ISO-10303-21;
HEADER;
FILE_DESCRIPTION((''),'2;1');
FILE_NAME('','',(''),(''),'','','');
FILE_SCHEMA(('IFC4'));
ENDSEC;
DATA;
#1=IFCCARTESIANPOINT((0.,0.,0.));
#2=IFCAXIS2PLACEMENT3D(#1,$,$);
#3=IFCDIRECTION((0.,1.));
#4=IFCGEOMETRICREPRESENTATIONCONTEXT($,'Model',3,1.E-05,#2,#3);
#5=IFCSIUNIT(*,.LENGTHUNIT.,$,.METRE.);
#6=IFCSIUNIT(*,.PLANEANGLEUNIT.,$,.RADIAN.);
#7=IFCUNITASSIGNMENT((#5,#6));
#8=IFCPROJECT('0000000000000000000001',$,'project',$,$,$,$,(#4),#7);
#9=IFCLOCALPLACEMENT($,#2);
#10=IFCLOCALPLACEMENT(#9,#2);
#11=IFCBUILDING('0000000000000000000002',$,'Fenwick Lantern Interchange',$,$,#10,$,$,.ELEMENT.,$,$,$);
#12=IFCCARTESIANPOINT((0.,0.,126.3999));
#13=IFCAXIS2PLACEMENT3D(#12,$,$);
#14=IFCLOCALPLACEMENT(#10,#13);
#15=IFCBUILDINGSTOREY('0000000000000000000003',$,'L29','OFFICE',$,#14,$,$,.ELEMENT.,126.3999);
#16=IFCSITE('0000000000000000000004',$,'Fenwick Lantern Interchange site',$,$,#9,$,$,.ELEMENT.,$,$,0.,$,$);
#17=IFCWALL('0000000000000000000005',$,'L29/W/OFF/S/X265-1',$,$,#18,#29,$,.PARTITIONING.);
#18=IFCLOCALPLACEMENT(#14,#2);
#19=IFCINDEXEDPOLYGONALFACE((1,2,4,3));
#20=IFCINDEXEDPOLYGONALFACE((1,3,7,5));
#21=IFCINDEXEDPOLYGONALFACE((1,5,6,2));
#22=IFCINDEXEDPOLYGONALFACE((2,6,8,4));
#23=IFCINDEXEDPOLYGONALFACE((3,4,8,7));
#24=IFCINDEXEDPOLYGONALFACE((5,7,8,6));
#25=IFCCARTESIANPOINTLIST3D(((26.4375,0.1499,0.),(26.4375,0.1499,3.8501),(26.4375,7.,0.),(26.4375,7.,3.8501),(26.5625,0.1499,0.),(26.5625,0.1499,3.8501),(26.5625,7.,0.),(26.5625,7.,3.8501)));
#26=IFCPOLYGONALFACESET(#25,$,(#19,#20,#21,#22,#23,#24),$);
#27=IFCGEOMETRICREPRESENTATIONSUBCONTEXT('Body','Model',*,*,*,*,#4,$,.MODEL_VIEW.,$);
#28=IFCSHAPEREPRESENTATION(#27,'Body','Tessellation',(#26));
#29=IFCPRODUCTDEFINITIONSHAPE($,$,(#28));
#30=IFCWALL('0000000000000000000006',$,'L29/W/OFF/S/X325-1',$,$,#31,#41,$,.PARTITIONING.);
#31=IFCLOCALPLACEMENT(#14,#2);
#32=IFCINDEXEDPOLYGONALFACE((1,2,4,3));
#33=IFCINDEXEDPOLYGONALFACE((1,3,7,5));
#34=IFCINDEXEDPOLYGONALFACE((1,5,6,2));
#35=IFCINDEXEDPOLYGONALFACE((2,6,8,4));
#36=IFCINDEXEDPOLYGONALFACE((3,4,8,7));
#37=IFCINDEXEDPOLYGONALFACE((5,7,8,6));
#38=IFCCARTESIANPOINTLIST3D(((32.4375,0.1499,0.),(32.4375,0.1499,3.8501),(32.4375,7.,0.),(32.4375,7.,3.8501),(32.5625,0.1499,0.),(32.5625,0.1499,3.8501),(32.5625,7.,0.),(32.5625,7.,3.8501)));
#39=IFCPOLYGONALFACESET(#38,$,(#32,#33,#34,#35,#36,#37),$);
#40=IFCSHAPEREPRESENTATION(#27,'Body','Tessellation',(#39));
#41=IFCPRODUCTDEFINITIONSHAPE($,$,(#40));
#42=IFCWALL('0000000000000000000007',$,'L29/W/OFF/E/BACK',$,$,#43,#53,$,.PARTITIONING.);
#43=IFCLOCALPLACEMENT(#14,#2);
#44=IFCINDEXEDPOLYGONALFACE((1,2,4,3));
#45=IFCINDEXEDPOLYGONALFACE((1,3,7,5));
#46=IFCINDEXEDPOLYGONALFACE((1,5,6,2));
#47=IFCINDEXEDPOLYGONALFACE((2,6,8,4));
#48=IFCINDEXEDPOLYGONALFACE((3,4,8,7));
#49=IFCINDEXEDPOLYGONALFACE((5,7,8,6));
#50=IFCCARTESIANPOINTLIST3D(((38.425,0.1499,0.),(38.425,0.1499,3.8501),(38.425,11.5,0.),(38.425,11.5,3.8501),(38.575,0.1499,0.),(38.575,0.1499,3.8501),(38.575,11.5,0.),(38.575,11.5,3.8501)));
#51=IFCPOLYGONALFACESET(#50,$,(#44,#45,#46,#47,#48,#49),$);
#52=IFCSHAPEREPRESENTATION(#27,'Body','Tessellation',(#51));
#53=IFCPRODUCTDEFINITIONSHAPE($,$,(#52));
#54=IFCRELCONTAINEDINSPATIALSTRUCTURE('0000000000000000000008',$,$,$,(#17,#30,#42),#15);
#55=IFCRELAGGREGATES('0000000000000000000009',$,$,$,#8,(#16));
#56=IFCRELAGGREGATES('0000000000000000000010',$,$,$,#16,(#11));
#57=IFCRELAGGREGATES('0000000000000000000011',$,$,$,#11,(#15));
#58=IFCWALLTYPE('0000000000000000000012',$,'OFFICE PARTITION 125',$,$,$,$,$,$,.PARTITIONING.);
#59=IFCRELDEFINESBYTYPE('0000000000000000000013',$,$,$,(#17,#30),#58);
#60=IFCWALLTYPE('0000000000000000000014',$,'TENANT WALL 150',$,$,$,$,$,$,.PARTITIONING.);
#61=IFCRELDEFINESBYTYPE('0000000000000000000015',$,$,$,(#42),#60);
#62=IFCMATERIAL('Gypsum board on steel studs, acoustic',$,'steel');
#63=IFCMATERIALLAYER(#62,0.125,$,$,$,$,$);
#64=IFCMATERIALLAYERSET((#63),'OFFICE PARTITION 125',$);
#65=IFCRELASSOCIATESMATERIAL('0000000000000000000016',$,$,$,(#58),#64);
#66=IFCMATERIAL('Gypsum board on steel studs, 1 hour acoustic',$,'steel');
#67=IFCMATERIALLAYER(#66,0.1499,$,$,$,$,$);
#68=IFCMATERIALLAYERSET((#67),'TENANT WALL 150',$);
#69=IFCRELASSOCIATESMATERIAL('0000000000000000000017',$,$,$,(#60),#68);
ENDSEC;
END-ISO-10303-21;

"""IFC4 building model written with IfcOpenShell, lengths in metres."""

from ifc_helpers import new_model, si_unit, direction, frame, frame_2d, origin, place, context, subcontext, project, spatial, rectangle, extrude, material, layer, layer_set, type_object, element, save


model = new_model("IFC4")

# Units and contexts
model_context = context("Model", 3, precision=1e-05, world=origin(), true_north=direction((0.0, 1.0)))
body_context = subcontext(model_context, "Body", "Model", "MODEL_VIEW")
ifc_project = project(units=[si_unit("LENGTHUNIT", "METRE"), si_unit("PLANEANGLEUNIT", "RADIAN")], contexts=[model_context])

# Site, building, storey
site_placement = place(None, origin())
site = spatial("IfcSite", under=ifc_project, at=site_placement, Name="Fenwick Lantern Interchange site", CompositionType="ELEMENT", RefElevation=0.0)
building_placement = place(site_placement, origin())
building = spatial("IfcBuilding", under=site, at=building_placement, Name="Fenwick Lantern Interchange", CompositionType="ELEMENT")
storey_placement = place(building_placement, frame((0.0, 0.0, 126.3999)))
storey = spatial("IfcBuildingStorey", under=building, at=storey_placement, Name="L29", Description="OFFICE", CompositionType="ELEMENT", Elevation=126.3999)

# Walls
ifc_material_1 = material(Name="Gypsum board on steel studs, acoustic", Category="steel")
ifc_layer_1 = layer(ifc_material_1, 0.125)
ifc_layer_set_1 = layer_set([ifc_layer_1], Name="OFFICE PARTITION 125")
wall_type_1 = type_object("IfcWallType", Name="OFFICE PARTITION 125", PredefinedType="PARTITIONING", material=ifc_layer_set_1)
for number, where, z_axis, x_axis, name in (
    (1, (26.5, 0.1499, 0.0), (0.0, 0.0, 1.0), (0.0, 1.0, 0.0), "L29/W/OFF/S/X265-1"),
    (2, (32.5, 0.1499, 0.0), (0.0, 0.0, 1.0), (0.0, 1.0, 0.0), "L29/W/OFF/S/X325-1"),
):
    element("IfcWall", number, at=place(storey_placement, frame(where, z_axis=z_axis, x_axis=x_axis)), inside=storey, type_object=wall_type_1, Name=name, PredefinedType="PARTITIONING", context=body_context, shape_type="SweptSolid", body=[
        extrude(rectangle(XDim=6.8501, YDim=0.125, at=frame_2d((3.425, 0.0))), origin(), (0.0, 0.0, 1.0), 3.8501),
    ])
ifc_material_2 = material(Name="Gypsum board on steel studs, 1 hour acoustic", Category="steel")
ifc_layer_2 = layer(ifc_material_2, 0.1499)
ifc_layer_set_2 = layer_set([ifc_layer_2], Name="TENANT WALL 150")
wall_type_2 = type_object("IfcWallType", Name="TENANT WALL 150", PredefinedType="PARTITIONING", material=ifc_layer_set_2)
wall_1_placement = place(storey_placement, frame((38.5, 0.1499, 0.0), z_axis=(0.0, 0.0, 1.0), x_axis=(0.0, 1.0, 0.0)))
element("IfcWall", 3, at=wall_1_placement, inside=storey, type_object=wall_type_2, Name="L29/W/OFF/E/BACK", PredefinedType="PARTITIONING", context=body_context, shape_type="SweptSolid", body=[
    extrude(rectangle(XDim=11.3501, YDim=0.1499, at=frame_2d((5.675, 0.0))), origin(), (0.0, 0.0, 1.0), 3.8501),
])

save(model, "model.ifc")
